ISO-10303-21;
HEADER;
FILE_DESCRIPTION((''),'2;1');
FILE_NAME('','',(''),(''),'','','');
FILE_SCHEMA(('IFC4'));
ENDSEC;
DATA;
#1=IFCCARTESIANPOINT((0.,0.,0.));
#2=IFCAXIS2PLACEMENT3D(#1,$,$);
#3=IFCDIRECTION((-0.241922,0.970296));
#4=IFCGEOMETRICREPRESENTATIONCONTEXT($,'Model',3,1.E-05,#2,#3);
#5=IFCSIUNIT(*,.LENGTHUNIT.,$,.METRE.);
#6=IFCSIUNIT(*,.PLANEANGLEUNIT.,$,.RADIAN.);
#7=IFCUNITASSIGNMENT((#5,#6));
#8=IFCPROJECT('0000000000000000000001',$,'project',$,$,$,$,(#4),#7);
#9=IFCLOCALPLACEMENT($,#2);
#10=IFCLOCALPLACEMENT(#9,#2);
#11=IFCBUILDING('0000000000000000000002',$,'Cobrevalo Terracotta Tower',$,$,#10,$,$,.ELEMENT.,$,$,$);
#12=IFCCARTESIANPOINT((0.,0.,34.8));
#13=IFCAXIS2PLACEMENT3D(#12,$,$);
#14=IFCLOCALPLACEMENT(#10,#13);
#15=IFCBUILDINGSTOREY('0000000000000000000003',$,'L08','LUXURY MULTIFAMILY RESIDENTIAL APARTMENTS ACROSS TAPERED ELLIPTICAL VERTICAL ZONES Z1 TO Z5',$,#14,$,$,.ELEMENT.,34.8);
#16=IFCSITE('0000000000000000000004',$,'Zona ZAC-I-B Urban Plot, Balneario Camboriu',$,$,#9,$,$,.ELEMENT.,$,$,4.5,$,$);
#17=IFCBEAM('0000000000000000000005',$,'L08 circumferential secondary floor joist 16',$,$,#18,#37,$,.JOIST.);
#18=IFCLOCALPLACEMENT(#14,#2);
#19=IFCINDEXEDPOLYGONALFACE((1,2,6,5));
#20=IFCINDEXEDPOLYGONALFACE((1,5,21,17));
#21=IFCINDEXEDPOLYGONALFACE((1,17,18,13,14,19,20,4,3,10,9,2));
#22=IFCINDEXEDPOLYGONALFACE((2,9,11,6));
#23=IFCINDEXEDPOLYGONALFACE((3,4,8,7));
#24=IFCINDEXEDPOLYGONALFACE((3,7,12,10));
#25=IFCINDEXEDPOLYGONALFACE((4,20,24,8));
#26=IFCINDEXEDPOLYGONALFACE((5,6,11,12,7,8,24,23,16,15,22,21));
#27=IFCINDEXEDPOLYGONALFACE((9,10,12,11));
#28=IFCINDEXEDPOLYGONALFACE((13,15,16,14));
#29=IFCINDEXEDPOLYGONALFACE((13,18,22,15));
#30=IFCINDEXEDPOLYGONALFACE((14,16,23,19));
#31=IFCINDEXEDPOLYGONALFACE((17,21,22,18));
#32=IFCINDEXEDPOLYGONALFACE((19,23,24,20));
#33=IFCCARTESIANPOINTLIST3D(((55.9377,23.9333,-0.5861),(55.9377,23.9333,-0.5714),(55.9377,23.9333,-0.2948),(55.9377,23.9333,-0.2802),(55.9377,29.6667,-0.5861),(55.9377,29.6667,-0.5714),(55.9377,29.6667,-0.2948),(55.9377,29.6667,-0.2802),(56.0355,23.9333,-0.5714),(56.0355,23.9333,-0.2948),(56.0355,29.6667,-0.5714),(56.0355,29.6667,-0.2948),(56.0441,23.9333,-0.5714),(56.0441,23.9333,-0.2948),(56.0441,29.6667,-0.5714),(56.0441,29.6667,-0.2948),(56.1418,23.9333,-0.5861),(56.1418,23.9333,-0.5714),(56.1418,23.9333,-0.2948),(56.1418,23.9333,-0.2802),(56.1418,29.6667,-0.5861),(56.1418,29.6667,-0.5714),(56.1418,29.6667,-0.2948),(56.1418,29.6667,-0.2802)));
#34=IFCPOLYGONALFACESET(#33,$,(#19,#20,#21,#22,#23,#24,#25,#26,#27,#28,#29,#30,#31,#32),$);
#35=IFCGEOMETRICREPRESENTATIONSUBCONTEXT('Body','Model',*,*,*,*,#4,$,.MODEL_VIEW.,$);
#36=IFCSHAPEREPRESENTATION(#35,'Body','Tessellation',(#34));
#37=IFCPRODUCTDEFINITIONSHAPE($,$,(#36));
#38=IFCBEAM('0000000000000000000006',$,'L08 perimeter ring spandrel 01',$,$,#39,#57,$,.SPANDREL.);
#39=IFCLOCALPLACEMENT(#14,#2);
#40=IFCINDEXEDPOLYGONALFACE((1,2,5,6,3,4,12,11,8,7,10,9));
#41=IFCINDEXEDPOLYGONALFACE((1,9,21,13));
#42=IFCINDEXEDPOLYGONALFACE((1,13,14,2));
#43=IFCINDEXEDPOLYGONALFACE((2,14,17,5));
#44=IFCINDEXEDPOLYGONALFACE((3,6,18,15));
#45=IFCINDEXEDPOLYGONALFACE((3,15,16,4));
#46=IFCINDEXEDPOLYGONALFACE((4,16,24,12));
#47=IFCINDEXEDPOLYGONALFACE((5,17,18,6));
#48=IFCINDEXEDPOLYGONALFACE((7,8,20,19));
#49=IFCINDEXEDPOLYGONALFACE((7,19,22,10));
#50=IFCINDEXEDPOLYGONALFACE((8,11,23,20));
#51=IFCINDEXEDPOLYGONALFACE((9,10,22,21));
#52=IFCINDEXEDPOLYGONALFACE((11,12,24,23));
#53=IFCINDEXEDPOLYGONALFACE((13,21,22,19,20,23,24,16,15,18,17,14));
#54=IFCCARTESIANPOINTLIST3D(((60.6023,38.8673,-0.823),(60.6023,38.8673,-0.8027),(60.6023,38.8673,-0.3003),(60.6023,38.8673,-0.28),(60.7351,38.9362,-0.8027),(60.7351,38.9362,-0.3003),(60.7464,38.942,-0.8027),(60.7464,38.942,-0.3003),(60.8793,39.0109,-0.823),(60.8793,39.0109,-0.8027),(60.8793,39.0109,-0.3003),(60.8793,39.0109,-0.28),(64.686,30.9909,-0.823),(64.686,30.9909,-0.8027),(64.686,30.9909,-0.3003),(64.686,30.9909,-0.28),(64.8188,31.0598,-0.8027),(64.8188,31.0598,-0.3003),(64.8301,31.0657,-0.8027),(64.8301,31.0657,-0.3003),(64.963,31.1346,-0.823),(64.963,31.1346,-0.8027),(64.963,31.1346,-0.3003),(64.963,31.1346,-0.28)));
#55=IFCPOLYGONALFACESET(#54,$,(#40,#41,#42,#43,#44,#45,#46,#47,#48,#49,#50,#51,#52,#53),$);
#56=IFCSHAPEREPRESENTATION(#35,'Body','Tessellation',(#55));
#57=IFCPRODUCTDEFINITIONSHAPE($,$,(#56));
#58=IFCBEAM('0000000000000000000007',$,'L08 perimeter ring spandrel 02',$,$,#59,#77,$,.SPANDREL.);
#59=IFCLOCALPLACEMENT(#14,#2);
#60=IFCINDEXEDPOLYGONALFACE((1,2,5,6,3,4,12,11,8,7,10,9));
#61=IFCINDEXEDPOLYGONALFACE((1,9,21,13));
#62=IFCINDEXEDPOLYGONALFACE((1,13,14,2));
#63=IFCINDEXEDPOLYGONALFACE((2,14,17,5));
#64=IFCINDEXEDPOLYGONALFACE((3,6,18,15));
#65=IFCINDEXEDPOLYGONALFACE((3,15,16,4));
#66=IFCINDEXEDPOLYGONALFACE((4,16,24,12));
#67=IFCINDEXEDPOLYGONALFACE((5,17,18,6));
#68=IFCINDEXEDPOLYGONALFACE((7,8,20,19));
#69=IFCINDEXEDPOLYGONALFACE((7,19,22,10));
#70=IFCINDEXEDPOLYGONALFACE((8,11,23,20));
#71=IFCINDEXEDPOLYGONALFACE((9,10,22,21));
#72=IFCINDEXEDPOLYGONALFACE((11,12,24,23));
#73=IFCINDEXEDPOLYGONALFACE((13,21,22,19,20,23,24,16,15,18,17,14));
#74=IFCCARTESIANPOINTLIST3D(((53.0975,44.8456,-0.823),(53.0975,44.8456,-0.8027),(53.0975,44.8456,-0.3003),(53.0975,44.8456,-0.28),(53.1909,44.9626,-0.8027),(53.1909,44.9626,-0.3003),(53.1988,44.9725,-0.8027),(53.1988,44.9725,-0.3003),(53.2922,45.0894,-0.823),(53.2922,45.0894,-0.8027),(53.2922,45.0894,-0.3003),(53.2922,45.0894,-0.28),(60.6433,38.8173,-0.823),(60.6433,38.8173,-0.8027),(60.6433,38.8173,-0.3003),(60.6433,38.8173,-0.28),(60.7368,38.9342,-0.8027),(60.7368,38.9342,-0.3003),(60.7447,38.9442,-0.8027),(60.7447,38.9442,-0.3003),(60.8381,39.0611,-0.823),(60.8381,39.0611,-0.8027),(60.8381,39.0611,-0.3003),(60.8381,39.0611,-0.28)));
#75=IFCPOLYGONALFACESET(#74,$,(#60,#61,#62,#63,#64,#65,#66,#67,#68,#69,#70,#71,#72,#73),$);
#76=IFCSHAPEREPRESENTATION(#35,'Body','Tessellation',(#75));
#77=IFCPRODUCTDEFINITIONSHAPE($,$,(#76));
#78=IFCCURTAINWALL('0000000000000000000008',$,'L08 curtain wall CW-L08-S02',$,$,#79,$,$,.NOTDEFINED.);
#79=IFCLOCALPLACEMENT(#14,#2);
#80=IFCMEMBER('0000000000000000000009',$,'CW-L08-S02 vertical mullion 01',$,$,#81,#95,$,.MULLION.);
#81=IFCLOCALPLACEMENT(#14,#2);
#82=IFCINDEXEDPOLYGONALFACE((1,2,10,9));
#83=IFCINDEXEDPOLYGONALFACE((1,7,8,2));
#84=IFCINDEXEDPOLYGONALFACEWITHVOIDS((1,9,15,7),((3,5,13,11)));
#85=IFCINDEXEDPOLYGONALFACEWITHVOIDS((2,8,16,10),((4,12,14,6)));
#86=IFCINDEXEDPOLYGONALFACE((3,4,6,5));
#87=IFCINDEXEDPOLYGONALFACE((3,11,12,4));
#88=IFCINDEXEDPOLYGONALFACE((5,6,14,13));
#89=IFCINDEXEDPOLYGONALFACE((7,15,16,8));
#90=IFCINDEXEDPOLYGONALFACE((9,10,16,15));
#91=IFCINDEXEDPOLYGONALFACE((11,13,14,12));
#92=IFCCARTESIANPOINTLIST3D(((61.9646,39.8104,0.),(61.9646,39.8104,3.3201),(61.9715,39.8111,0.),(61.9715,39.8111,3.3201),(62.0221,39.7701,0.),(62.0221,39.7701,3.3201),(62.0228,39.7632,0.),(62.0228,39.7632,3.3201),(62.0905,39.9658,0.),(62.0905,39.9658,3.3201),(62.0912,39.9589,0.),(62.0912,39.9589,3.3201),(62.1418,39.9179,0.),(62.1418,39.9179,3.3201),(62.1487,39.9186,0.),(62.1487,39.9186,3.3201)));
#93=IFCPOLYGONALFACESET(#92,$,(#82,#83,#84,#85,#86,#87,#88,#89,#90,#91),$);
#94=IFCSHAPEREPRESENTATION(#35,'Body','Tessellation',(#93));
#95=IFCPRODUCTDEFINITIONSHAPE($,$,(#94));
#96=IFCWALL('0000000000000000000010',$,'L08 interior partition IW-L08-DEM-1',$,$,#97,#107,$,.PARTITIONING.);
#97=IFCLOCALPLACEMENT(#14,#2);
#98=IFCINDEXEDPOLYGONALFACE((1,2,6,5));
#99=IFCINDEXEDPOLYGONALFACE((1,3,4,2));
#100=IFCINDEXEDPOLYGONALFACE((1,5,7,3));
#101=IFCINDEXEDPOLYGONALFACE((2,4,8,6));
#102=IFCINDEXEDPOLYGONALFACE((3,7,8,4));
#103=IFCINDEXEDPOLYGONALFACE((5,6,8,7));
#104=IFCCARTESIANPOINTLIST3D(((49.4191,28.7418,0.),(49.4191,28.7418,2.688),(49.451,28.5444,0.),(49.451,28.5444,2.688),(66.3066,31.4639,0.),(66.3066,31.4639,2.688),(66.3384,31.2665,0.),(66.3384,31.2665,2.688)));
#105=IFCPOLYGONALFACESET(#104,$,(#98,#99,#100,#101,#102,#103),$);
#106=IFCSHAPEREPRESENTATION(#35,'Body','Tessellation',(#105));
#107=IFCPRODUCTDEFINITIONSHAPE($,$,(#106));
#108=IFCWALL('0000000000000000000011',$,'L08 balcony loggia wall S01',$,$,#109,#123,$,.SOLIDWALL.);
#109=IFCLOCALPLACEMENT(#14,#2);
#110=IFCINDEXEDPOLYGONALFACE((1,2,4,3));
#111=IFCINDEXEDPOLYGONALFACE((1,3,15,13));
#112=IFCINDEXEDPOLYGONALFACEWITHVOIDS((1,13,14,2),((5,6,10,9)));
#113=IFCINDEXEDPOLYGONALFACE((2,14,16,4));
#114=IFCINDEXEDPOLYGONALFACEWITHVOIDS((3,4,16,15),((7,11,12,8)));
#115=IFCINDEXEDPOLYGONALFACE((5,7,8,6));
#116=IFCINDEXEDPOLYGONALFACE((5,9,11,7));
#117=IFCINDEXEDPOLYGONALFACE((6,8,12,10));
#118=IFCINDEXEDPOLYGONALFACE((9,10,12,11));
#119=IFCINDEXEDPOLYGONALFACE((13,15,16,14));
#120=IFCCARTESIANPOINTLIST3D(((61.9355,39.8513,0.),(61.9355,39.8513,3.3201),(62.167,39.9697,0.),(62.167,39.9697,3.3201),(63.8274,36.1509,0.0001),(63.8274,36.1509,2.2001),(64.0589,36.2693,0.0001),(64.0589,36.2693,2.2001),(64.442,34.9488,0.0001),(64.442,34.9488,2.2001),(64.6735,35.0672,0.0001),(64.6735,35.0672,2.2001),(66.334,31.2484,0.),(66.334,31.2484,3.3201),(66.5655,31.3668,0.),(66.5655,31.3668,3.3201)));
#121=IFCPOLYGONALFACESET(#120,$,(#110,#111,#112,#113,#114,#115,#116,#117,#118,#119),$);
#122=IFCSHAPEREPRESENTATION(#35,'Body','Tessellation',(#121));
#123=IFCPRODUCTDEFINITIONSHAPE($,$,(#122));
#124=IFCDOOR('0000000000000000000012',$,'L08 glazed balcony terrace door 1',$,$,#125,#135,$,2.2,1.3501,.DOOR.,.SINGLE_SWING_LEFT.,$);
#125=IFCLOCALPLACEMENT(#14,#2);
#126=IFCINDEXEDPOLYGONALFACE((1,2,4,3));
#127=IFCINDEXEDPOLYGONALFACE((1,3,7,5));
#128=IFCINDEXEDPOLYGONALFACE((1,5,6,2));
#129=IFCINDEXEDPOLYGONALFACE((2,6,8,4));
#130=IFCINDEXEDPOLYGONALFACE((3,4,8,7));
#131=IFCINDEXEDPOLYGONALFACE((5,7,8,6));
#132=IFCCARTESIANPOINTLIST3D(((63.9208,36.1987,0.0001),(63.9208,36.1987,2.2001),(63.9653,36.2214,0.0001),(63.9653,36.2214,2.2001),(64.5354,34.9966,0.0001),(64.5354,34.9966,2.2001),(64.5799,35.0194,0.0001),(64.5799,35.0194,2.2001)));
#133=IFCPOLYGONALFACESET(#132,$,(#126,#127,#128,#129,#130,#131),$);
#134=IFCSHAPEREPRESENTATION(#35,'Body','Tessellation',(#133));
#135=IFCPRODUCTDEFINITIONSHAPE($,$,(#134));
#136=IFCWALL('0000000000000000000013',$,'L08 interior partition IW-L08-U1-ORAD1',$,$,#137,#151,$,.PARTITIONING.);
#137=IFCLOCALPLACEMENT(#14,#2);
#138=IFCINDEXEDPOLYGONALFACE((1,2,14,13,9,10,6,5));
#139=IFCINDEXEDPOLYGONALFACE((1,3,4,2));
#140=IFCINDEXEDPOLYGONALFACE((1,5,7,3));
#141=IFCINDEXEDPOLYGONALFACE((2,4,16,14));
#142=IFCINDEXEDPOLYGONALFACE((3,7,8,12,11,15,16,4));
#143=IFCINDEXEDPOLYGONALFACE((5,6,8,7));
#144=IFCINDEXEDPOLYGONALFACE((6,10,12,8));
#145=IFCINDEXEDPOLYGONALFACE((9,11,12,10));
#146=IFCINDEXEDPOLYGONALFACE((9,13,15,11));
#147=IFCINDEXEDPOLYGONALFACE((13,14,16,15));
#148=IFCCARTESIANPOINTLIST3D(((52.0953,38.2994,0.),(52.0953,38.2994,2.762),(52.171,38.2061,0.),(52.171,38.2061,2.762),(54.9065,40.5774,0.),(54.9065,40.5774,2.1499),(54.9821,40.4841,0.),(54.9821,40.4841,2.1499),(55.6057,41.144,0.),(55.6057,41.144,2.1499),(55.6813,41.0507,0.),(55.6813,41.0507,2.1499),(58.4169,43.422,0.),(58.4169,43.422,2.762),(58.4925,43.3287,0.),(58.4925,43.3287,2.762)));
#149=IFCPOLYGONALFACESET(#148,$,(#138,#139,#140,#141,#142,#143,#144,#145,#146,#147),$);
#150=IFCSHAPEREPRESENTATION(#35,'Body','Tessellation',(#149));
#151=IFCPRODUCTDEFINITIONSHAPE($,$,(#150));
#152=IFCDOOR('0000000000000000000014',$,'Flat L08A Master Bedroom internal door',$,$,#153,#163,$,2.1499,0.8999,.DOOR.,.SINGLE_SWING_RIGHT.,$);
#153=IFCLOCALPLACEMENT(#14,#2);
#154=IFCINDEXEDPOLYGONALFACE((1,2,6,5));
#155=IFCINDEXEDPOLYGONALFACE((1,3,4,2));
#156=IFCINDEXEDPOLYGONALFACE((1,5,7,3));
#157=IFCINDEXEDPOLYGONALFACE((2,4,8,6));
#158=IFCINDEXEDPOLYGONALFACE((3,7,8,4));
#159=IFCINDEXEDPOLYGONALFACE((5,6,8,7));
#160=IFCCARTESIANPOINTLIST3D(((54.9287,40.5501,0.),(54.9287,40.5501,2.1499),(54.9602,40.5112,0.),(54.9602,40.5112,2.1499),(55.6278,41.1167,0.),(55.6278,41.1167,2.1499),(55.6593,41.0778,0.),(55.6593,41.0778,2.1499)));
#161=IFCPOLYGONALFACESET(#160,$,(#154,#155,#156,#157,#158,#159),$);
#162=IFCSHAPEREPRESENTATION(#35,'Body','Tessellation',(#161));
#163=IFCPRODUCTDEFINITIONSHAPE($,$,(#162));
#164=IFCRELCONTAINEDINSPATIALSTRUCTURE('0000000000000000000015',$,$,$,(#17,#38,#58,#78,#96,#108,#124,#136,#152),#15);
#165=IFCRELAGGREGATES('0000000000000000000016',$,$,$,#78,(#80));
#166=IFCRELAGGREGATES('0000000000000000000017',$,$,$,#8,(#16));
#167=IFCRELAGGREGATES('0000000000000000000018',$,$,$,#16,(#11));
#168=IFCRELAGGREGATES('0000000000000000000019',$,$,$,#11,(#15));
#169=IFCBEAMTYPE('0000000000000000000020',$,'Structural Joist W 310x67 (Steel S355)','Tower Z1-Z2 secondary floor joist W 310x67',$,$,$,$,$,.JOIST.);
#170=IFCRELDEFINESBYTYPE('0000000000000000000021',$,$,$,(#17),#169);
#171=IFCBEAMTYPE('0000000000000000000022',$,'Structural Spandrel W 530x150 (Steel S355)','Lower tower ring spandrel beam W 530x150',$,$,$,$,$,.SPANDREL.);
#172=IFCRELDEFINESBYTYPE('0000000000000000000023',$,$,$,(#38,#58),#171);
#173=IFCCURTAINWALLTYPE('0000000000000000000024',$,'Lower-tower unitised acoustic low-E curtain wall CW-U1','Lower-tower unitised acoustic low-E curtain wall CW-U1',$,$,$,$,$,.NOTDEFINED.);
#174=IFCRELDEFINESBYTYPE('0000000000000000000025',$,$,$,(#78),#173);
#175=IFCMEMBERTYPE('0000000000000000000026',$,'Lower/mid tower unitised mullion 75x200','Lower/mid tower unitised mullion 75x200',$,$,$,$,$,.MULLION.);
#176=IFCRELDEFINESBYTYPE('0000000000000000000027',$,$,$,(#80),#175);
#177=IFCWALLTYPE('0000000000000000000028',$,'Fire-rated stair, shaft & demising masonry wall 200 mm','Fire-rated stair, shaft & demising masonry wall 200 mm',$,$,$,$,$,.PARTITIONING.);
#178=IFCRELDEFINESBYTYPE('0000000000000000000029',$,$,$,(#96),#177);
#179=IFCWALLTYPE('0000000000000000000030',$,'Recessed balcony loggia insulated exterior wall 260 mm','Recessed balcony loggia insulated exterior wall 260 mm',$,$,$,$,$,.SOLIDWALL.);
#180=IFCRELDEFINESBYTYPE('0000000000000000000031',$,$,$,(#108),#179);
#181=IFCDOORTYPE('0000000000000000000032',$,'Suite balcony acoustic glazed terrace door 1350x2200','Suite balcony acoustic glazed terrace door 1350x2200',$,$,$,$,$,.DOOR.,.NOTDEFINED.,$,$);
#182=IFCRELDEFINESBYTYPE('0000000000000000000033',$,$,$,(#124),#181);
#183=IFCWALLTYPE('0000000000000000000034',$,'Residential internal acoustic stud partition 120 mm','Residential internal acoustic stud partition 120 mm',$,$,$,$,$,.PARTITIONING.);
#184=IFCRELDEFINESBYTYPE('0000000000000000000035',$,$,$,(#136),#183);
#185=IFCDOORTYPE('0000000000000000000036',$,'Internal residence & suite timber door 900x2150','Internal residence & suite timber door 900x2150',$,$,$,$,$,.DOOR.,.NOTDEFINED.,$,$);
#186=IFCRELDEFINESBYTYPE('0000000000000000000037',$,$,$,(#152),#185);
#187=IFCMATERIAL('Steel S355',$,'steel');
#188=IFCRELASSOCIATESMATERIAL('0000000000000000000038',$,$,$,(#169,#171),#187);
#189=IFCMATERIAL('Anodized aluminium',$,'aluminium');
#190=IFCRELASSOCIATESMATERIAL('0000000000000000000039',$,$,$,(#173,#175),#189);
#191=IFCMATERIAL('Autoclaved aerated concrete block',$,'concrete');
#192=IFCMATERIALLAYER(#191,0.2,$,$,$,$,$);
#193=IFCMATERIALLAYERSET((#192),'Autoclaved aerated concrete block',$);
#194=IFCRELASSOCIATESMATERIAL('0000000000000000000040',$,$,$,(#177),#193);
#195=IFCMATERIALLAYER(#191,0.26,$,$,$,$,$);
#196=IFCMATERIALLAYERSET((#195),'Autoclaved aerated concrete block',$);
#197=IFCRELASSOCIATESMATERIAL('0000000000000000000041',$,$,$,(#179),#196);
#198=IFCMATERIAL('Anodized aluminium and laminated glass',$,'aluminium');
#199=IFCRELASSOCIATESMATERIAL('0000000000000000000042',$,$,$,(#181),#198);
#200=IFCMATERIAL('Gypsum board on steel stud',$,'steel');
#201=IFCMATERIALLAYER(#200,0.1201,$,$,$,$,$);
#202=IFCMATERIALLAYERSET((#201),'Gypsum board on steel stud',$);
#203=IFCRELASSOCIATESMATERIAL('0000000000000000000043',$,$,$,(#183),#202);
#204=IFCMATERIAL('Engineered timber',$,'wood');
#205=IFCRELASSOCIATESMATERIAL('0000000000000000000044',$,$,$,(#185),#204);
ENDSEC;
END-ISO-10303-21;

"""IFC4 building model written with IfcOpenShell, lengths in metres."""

from ifc_helpers import new_model, si_unit, direction, frame, frame_2d, origin, origin_2d, place, context, subcontext, project, spatial, rectangle, hollow_rectangle, i_section, extrude, source, transform, mapped, material, layer, layer_set, material_profile, profile_set, type_object, element, fill, aggregate, save


model = new_model("IFC4")

# Units and contexts
model_context = context("Model", 3, precision=1e-05, world=origin(), true_north=direction((-0.241922, 0.970296)))
body_context = subcontext(model_context, "Body", "Model", "MODEL_VIEW")
ifc_project = project(units=[si_unit("LENGTHUNIT", "METRE"), si_unit("PLANEANGLEUNIT", "RADIAN")], contexts=[model_context])

# Site, building, storey
site_placement = place(None, origin())
site = spatial("IfcSite", under=ifc_project, at=site_placement, Name="Zona ZAC-I-B Urban Plot, Balneario Camboriu", CompositionType="ELEMENT", RefElevation=4.5)
building_placement = place(site_placement, origin())
building = spatial("IfcBuilding", under=site, at=building_placement, Name="Cobrevalo Terracotta Tower", CompositionType="ELEMENT")
storey_placement = place(building_placement, frame((0.0, 0.0, 34.8)))
storey = spatial("IfcBuildingStorey", under=building, at=storey_placement, Name="L08", Description="LUXURY MULTIFAMILY RESIDENTIAL APARTMENTS ACROSS TAPERED ELLIPTICAL VERTICAL ZONES Z1 TO Z5", CompositionType="ELEMENT", Elevation=34.8)

# Shared definitions
ifc_material_1 = material(Name="Steel S355", Category="steel")

# Beams
ifc_material_profile_1 = material_profile(ifc_material_1, i_section(OverallWidth=0.2041, OverallDepth=0.3059, WebThickness=0.0085, FlangeThickness=0.0146, at=origin_2d()), Name="W 310x67")
ifc_profile_set_1 = profile_set([ifc_material_profile_1], Name="Steel S355")
beam_type_1 = type_object("IfcBeamType", Name="Structural Joist W 310x67 (Steel S355)", Description="Tower Z1-Z2 secondary floor joist W 310x67", PredefinedType="JOIST", material=ifc_profile_set_1)
beam_1_placement = place(storey_placement, frame((56.0398, 23.9333, -0.4331), z_axis=(0.0, 1.0, 0.0), x_axis=(-1.0, 0.0, 0.0)))
element("IfcBeam", 1, at=beam_1_placement, inside=storey, type_object=beam_type_1, Name="L08 circumferential secondary floor joist 16", PredefinedType="JOIST", context=body_context, shape_type="SweptSolid", body=[
    extrude(i_section(OverallWidth=0.2041, OverallDepth=0.3059, WebThickness=0.0085, FlangeThickness=0.0146, at=origin_2d()), origin(), (0.0, 0.0, 1.0), 5.7334),
])
ifc_material_profile_2 = material_profile(ifc_material_1, i_section(OverallWidth=0.312, OverallDepth=0.543, WebThickness=0.0127, FlangeThickness=0.0203, at=origin_2d()), Name="W 530x150")
ifc_profile_set_2 = profile_set([ifc_material_profile_2], Name="Steel S355")
beam_type_2 = type_object("IfcBeamType", Name="Structural Spandrel W 530x150 (Steel S355)", Description="Lower tower ring spandrel beam W 530x150", PredefinedType="SPANDREL", material=ifc_profile_set_2)
beam_2_placement = place(storey_placement, frame((64.8245, 31.0627, -0.5515), z_axis=(-0.460286, 0.887771, 0.0), x_axis=(-0.887771, -0.460286, 0.0)))
element("IfcBeam", 2, at=beam_2_placement, inside=storey, type_object=beam_type_2, Name="L08 perimeter ring spandrel 01", PredefinedType="SPANDREL", context=body_context, shape_type="SweptSolid", body=[
    extrude(i_section(OverallWidth=0.312, OverallDepth=0.543, WebThickness=0.0127, FlangeThickness=0.0203, at=origin_2d()), origin(), (0.0, 0.0, 1.0), 8.8721),
])
beam_3_placement = place(storey_placement, frame((60.7407, 38.9392, -0.5515), z_axis=(-0.781293, 0.624165, 0.0), x_axis=(-0.624165, -0.781293, 0.0)))
element("IfcBeam", 3, at=beam_3_placement, inside=storey, type_object=beam_type_2, Name="L08 perimeter ring spandrel 02", PredefinedType="SPANDREL", context=body_context, shape_type="SweptSolid", body=[
    extrude(i_section(OverallWidth=0.312, OverallDepth=0.543, WebThickness=0.0127, FlangeThickness=0.0203, at=origin_2d()), origin(), (0.0, 0.0, 1.0), 9.6582),
])

# Curtain wall, member
ifc_material_2 = material(Name="Anodized aluminium", Category="aluminium")
curtain_wall_type = type_object("IfcCurtainWallType", Name="Lower-tower unitised acoustic low-E curtain wall CW-U1", Description="Lower-tower unitised acoustic low-E curtain wall CW-U1", PredefinedType="NOTDEFINED", material=ifc_material_2)
curtain_wall_placement = place(storey_placement, origin())
curtain_wall = element("IfcCurtainWall", 4, at=curtain_wall_placement, inside=storey, type_object=curtain_wall_type, Name="L08 curtain wall CW-L08-S02", PredefinedType="NOTDEFINED")
ifc_material_profile_3 = material_profile(ifc_material_2, hollow_rectangle(XDim=0.075, YDim=0.2, WallThickness=0.0049, at=origin_2d()), Name="CWM 75x200")
ifc_profile_set_3 = profile_set([ifc_material_profile_3], Name="Anodized aluminium")
member_type = type_object("IfcMemberType", Name="Lower/mid tower unitised mullion 75x200", Description="Lower/mid tower unitised mullion 75x200", PredefinedType="MULLION", material=ifc_profile_set_3)
shared_shape_1 = source(origin(), body_context, "Body", "SweptSolid", [
    extrude(hollow_rectangle(XDim=0.075, YDim=0.2, WallThickness=0.0049, at=origin_2d()), origin(), (0.0, 0.0, 1.0), 3.3201),
])
member_placement = place(storey_placement, frame((62.0566, 39.8645, 0.0), z_axis=(0.0, 0.0, 1.0), x_axis=(-0.777003, 0.629497, 0.0)))
member = element("IfcMember", 5, at=member_placement, type_object=member_type, Name="CW-L08-S02 vertical mullion 01", PredefinedType="MULLION", context=body_context, shape_type="MappedRepresentation", body=[
    mapped(shared_shape_1, transform((0.0, 0.0, 0.0), scale=1.0)),
])
aggregate(curtain_wall, [member])

# Wall
ifc_material_3 = material(Name="Autoclaved aerated concrete block", Category="concrete")
ifc_layer_1 = layer(ifc_material_3, 0.2)
ifc_layer_set_1 = layer_set([ifc_layer_1], Name="Autoclaved aerated concrete block")
wall_type_1 = type_object("IfcWallType", Name="Fire-rated stair, shaft & demising masonry wall 200 mm", Description="Fire-rated stair, shaft & demising masonry wall 200 mm", PredefinedType="PARTITIONING", material=ifc_layer_set_1)
wall_1_placement = place(storey_placement, frame((49.4351, 28.6431, 0.0), z_axis=(0.0, 0.0, 1.0), x_axis=(0.987256, 0.15914, 0.0)))
element("IfcWall", 6, at=wall_1_placement, inside=storey, type_object=wall_type_1, Name="L08 interior partition IW-L08-DEM-1", PredefinedType="PARTITIONING", context=body_context, shape_type="SweptSolid", body=[
    extrude(rectangle(XDim=17.1055, YDim=0.2, at=frame_2d((8.5527, 0.0))), origin(), (0.0, 0.0, 1.0), 2.688),
])

# Walls, openings, doors
ifc_layer_2 = layer(ifc_material_3, 0.26)
ifc_layer_set_2 = layer_set([ifc_layer_2], Name="Autoclaved aerated concrete block")
wall_type_2 = type_object("IfcWallType", Name="Recessed balcony loggia insulated exterior wall 260 mm", Description="Recessed balcony loggia insulated exterior wall 260 mm", PredefinedType="SOLIDWALL", material=ifc_layer_set_2)
wall_2_placement = place(storey_placement, frame((66.4497, 31.3076, 0.0), z_axis=(0.0, 0.0, 1.0), x_axis=(-0.455231, 0.890373, 0.0)))
wall_2 = element("IfcWall", 7, at=wall_2_placement, inside=storey, type_object=wall_type_2, Name="L08 balcony loggia wall S01", PredefinedType="SOLIDWALL", context=body_context, shape_type="SweptSolid", body=[
    extrude(rectangle(XDim=9.6621, YDim=0.26, at=frame_2d((4.8311, 0.0))), origin(), (0.0, 0.0, 1.0), 3.3201),
])
opening_1_placement = place(wall_2_placement, frame((4.156, 0.0, 0.0)))
opening_1 = element("IfcOpeningElement", 8, at=opening_1_placement, cuts=wall_2, PredefinedType="OPENING", context=body_context, shape_type="SweptSolid", body=[
    extrude(rectangle(XDim=1.3501, YDim=2.2, at=frame_2d((0.675, 1.1001))), frame((0.0, 0.1401, 0.0), z_axis=(0.0, -1.0, 0.0), x_axis=(1.0, 0.0, 0.0)), (0.0, 0.0, 1.0), 0.28),
])
ifc_material_4 = material(Name="Anodized aluminium and laminated glass", Category="aluminium")
door_type_1 = type_object("IfcDoorType", Name="Suite balcony acoustic glazed terrace door 1350x2200", Description="Suite balcony acoustic glazed terrace door 1350x2200", OperationType="NOTDEFINED", PredefinedType="DOOR", material=ifc_material_4)
shared_shape_2 = source(origin(), body_context, "Body", "SweptSolid", [
    extrude(rectangle(XDim=1.3501, YDim=2.2, at=frame_2d((0.675, 1.1001))), frame((0.0, 0.0249, 0.0), z_axis=(0.0, -1.0, 0.0), x_axis=(1.0, 0.0, 0.0)), (0.0, 0.0, 1.0), 0.05),
])
door_1_placement = place(opening_1_placement, frame((1.3501, 0.0, 0.0), z_axis=(0.0, 0.0, 1.0), x_axis=(-1.0, 0.0, 0.0)))
door_1 = element("IfcDoor", 9, at=door_1_placement, inside=storey, type_object=door_type_1, Name="L08 glazed balcony terrace door 1", OperationType="SINGLE_SWING_LEFT", OverallHeight=2.2, OverallWidth=1.3501, PredefinedType="DOOR", context=body_context, shape_type="MappedRepresentation", body=[
    mapped(shared_shape_2, transform((0.0, 0.0, 0.0), scale=1.0)),
])
fill(opening_1, door_1)
ifc_material_5 = material(Name="Gypsum board on steel stud", Category="steel")
ifc_layer_3 = layer(ifc_material_5, 0.1201)
ifc_layer_set_3 = layer_set([ifc_layer_3], Name="Gypsum board on steel stud")
wall_type_3 = type_object("IfcWallType", Name="Residential internal acoustic stud partition 120 mm", Description="Residential internal acoustic stud partition 120 mm", PredefinedType="PARTITIONING", material=ifc_layer_set_3)
wall_3_placement = place(storey_placement, frame((52.1331, 38.2527, 0.0), z_axis=(0.0, 0.0, 1.0), x_axis=(0.776937, 0.629579, 0.0)))
wall_3 = element("IfcWall", 10, at=wall_3_placement, inside=storey, type_object=wall_type_3, Name="L08 interior partition IW-L08-U1-ORAD1", PredefinedType="PARTITIONING", context=body_context, shape_type="SweptSolid", body=[
    extrude(rectangle(XDim=8.1365, YDim=0.1201, at=frame_2d((4.0684, 0.0))), origin(), (0.0, 0.0, 1.0), 2.762),
])
opening_2_placement = place(wall_3_placement, frame((3.6184, 0.0, 0.0)))
opening_2 = element("IfcOpeningElement", 11, at=opening_2_placement, cuts=wall_3, PredefinedType="OPENING", context=body_context, shape_type="SweptSolid", body=[
    extrude(rectangle(XDim=0.8999, YDim=2.1499, at=frame_2d((0.45, 1.075))), frame((0.0, 0.0701, 0.0), z_axis=(0.0, -1.0, 0.0), x_axis=(1.0, 0.0, 0.0)), (0.0, 0.0, 1.0), 0.1401),
])
ifc_material_6 = material(Name="Engineered timber", Category="wood")
door_type_2 = type_object("IfcDoorType", Name="Internal residence & suite timber door 900x2150", Description="Internal residence & suite timber door 900x2150", OperationType="NOTDEFINED", PredefinedType="DOOR", material=ifc_material_6)
shared_shape_3 = source(origin(), body_context, "Body", "SweptSolid", [
    extrude(rectangle(XDim=0.8999, YDim=2.1499, at=frame_2d((0.45, 1.075))), frame((0.0, 0.0249, 0.0), z_axis=(0.0, -1.0, 0.0), x_axis=(1.0, 0.0, 0.0)), (0.0, 0.0, 1.0), 0.05),
])
door_2_placement = place(opening_2_placement, origin())
door_2 = element("IfcDoor", 12, at=door_2_placement, inside=storey, type_object=door_type_2, Name="Flat L08A Master Bedroom internal door", OperationType="SINGLE_SWING_RIGHT", OverallHeight=2.1499, OverallWidth=0.8999, PredefinedType="DOOR", context=body_context, shape_type="MappedRepresentation", body=[
    mapped(shared_shape_3, transform((0.0, 0.0, 0.0), scale=1.0)),
])
fill(opening_2, door_2)

save(model, "model.ifc")
